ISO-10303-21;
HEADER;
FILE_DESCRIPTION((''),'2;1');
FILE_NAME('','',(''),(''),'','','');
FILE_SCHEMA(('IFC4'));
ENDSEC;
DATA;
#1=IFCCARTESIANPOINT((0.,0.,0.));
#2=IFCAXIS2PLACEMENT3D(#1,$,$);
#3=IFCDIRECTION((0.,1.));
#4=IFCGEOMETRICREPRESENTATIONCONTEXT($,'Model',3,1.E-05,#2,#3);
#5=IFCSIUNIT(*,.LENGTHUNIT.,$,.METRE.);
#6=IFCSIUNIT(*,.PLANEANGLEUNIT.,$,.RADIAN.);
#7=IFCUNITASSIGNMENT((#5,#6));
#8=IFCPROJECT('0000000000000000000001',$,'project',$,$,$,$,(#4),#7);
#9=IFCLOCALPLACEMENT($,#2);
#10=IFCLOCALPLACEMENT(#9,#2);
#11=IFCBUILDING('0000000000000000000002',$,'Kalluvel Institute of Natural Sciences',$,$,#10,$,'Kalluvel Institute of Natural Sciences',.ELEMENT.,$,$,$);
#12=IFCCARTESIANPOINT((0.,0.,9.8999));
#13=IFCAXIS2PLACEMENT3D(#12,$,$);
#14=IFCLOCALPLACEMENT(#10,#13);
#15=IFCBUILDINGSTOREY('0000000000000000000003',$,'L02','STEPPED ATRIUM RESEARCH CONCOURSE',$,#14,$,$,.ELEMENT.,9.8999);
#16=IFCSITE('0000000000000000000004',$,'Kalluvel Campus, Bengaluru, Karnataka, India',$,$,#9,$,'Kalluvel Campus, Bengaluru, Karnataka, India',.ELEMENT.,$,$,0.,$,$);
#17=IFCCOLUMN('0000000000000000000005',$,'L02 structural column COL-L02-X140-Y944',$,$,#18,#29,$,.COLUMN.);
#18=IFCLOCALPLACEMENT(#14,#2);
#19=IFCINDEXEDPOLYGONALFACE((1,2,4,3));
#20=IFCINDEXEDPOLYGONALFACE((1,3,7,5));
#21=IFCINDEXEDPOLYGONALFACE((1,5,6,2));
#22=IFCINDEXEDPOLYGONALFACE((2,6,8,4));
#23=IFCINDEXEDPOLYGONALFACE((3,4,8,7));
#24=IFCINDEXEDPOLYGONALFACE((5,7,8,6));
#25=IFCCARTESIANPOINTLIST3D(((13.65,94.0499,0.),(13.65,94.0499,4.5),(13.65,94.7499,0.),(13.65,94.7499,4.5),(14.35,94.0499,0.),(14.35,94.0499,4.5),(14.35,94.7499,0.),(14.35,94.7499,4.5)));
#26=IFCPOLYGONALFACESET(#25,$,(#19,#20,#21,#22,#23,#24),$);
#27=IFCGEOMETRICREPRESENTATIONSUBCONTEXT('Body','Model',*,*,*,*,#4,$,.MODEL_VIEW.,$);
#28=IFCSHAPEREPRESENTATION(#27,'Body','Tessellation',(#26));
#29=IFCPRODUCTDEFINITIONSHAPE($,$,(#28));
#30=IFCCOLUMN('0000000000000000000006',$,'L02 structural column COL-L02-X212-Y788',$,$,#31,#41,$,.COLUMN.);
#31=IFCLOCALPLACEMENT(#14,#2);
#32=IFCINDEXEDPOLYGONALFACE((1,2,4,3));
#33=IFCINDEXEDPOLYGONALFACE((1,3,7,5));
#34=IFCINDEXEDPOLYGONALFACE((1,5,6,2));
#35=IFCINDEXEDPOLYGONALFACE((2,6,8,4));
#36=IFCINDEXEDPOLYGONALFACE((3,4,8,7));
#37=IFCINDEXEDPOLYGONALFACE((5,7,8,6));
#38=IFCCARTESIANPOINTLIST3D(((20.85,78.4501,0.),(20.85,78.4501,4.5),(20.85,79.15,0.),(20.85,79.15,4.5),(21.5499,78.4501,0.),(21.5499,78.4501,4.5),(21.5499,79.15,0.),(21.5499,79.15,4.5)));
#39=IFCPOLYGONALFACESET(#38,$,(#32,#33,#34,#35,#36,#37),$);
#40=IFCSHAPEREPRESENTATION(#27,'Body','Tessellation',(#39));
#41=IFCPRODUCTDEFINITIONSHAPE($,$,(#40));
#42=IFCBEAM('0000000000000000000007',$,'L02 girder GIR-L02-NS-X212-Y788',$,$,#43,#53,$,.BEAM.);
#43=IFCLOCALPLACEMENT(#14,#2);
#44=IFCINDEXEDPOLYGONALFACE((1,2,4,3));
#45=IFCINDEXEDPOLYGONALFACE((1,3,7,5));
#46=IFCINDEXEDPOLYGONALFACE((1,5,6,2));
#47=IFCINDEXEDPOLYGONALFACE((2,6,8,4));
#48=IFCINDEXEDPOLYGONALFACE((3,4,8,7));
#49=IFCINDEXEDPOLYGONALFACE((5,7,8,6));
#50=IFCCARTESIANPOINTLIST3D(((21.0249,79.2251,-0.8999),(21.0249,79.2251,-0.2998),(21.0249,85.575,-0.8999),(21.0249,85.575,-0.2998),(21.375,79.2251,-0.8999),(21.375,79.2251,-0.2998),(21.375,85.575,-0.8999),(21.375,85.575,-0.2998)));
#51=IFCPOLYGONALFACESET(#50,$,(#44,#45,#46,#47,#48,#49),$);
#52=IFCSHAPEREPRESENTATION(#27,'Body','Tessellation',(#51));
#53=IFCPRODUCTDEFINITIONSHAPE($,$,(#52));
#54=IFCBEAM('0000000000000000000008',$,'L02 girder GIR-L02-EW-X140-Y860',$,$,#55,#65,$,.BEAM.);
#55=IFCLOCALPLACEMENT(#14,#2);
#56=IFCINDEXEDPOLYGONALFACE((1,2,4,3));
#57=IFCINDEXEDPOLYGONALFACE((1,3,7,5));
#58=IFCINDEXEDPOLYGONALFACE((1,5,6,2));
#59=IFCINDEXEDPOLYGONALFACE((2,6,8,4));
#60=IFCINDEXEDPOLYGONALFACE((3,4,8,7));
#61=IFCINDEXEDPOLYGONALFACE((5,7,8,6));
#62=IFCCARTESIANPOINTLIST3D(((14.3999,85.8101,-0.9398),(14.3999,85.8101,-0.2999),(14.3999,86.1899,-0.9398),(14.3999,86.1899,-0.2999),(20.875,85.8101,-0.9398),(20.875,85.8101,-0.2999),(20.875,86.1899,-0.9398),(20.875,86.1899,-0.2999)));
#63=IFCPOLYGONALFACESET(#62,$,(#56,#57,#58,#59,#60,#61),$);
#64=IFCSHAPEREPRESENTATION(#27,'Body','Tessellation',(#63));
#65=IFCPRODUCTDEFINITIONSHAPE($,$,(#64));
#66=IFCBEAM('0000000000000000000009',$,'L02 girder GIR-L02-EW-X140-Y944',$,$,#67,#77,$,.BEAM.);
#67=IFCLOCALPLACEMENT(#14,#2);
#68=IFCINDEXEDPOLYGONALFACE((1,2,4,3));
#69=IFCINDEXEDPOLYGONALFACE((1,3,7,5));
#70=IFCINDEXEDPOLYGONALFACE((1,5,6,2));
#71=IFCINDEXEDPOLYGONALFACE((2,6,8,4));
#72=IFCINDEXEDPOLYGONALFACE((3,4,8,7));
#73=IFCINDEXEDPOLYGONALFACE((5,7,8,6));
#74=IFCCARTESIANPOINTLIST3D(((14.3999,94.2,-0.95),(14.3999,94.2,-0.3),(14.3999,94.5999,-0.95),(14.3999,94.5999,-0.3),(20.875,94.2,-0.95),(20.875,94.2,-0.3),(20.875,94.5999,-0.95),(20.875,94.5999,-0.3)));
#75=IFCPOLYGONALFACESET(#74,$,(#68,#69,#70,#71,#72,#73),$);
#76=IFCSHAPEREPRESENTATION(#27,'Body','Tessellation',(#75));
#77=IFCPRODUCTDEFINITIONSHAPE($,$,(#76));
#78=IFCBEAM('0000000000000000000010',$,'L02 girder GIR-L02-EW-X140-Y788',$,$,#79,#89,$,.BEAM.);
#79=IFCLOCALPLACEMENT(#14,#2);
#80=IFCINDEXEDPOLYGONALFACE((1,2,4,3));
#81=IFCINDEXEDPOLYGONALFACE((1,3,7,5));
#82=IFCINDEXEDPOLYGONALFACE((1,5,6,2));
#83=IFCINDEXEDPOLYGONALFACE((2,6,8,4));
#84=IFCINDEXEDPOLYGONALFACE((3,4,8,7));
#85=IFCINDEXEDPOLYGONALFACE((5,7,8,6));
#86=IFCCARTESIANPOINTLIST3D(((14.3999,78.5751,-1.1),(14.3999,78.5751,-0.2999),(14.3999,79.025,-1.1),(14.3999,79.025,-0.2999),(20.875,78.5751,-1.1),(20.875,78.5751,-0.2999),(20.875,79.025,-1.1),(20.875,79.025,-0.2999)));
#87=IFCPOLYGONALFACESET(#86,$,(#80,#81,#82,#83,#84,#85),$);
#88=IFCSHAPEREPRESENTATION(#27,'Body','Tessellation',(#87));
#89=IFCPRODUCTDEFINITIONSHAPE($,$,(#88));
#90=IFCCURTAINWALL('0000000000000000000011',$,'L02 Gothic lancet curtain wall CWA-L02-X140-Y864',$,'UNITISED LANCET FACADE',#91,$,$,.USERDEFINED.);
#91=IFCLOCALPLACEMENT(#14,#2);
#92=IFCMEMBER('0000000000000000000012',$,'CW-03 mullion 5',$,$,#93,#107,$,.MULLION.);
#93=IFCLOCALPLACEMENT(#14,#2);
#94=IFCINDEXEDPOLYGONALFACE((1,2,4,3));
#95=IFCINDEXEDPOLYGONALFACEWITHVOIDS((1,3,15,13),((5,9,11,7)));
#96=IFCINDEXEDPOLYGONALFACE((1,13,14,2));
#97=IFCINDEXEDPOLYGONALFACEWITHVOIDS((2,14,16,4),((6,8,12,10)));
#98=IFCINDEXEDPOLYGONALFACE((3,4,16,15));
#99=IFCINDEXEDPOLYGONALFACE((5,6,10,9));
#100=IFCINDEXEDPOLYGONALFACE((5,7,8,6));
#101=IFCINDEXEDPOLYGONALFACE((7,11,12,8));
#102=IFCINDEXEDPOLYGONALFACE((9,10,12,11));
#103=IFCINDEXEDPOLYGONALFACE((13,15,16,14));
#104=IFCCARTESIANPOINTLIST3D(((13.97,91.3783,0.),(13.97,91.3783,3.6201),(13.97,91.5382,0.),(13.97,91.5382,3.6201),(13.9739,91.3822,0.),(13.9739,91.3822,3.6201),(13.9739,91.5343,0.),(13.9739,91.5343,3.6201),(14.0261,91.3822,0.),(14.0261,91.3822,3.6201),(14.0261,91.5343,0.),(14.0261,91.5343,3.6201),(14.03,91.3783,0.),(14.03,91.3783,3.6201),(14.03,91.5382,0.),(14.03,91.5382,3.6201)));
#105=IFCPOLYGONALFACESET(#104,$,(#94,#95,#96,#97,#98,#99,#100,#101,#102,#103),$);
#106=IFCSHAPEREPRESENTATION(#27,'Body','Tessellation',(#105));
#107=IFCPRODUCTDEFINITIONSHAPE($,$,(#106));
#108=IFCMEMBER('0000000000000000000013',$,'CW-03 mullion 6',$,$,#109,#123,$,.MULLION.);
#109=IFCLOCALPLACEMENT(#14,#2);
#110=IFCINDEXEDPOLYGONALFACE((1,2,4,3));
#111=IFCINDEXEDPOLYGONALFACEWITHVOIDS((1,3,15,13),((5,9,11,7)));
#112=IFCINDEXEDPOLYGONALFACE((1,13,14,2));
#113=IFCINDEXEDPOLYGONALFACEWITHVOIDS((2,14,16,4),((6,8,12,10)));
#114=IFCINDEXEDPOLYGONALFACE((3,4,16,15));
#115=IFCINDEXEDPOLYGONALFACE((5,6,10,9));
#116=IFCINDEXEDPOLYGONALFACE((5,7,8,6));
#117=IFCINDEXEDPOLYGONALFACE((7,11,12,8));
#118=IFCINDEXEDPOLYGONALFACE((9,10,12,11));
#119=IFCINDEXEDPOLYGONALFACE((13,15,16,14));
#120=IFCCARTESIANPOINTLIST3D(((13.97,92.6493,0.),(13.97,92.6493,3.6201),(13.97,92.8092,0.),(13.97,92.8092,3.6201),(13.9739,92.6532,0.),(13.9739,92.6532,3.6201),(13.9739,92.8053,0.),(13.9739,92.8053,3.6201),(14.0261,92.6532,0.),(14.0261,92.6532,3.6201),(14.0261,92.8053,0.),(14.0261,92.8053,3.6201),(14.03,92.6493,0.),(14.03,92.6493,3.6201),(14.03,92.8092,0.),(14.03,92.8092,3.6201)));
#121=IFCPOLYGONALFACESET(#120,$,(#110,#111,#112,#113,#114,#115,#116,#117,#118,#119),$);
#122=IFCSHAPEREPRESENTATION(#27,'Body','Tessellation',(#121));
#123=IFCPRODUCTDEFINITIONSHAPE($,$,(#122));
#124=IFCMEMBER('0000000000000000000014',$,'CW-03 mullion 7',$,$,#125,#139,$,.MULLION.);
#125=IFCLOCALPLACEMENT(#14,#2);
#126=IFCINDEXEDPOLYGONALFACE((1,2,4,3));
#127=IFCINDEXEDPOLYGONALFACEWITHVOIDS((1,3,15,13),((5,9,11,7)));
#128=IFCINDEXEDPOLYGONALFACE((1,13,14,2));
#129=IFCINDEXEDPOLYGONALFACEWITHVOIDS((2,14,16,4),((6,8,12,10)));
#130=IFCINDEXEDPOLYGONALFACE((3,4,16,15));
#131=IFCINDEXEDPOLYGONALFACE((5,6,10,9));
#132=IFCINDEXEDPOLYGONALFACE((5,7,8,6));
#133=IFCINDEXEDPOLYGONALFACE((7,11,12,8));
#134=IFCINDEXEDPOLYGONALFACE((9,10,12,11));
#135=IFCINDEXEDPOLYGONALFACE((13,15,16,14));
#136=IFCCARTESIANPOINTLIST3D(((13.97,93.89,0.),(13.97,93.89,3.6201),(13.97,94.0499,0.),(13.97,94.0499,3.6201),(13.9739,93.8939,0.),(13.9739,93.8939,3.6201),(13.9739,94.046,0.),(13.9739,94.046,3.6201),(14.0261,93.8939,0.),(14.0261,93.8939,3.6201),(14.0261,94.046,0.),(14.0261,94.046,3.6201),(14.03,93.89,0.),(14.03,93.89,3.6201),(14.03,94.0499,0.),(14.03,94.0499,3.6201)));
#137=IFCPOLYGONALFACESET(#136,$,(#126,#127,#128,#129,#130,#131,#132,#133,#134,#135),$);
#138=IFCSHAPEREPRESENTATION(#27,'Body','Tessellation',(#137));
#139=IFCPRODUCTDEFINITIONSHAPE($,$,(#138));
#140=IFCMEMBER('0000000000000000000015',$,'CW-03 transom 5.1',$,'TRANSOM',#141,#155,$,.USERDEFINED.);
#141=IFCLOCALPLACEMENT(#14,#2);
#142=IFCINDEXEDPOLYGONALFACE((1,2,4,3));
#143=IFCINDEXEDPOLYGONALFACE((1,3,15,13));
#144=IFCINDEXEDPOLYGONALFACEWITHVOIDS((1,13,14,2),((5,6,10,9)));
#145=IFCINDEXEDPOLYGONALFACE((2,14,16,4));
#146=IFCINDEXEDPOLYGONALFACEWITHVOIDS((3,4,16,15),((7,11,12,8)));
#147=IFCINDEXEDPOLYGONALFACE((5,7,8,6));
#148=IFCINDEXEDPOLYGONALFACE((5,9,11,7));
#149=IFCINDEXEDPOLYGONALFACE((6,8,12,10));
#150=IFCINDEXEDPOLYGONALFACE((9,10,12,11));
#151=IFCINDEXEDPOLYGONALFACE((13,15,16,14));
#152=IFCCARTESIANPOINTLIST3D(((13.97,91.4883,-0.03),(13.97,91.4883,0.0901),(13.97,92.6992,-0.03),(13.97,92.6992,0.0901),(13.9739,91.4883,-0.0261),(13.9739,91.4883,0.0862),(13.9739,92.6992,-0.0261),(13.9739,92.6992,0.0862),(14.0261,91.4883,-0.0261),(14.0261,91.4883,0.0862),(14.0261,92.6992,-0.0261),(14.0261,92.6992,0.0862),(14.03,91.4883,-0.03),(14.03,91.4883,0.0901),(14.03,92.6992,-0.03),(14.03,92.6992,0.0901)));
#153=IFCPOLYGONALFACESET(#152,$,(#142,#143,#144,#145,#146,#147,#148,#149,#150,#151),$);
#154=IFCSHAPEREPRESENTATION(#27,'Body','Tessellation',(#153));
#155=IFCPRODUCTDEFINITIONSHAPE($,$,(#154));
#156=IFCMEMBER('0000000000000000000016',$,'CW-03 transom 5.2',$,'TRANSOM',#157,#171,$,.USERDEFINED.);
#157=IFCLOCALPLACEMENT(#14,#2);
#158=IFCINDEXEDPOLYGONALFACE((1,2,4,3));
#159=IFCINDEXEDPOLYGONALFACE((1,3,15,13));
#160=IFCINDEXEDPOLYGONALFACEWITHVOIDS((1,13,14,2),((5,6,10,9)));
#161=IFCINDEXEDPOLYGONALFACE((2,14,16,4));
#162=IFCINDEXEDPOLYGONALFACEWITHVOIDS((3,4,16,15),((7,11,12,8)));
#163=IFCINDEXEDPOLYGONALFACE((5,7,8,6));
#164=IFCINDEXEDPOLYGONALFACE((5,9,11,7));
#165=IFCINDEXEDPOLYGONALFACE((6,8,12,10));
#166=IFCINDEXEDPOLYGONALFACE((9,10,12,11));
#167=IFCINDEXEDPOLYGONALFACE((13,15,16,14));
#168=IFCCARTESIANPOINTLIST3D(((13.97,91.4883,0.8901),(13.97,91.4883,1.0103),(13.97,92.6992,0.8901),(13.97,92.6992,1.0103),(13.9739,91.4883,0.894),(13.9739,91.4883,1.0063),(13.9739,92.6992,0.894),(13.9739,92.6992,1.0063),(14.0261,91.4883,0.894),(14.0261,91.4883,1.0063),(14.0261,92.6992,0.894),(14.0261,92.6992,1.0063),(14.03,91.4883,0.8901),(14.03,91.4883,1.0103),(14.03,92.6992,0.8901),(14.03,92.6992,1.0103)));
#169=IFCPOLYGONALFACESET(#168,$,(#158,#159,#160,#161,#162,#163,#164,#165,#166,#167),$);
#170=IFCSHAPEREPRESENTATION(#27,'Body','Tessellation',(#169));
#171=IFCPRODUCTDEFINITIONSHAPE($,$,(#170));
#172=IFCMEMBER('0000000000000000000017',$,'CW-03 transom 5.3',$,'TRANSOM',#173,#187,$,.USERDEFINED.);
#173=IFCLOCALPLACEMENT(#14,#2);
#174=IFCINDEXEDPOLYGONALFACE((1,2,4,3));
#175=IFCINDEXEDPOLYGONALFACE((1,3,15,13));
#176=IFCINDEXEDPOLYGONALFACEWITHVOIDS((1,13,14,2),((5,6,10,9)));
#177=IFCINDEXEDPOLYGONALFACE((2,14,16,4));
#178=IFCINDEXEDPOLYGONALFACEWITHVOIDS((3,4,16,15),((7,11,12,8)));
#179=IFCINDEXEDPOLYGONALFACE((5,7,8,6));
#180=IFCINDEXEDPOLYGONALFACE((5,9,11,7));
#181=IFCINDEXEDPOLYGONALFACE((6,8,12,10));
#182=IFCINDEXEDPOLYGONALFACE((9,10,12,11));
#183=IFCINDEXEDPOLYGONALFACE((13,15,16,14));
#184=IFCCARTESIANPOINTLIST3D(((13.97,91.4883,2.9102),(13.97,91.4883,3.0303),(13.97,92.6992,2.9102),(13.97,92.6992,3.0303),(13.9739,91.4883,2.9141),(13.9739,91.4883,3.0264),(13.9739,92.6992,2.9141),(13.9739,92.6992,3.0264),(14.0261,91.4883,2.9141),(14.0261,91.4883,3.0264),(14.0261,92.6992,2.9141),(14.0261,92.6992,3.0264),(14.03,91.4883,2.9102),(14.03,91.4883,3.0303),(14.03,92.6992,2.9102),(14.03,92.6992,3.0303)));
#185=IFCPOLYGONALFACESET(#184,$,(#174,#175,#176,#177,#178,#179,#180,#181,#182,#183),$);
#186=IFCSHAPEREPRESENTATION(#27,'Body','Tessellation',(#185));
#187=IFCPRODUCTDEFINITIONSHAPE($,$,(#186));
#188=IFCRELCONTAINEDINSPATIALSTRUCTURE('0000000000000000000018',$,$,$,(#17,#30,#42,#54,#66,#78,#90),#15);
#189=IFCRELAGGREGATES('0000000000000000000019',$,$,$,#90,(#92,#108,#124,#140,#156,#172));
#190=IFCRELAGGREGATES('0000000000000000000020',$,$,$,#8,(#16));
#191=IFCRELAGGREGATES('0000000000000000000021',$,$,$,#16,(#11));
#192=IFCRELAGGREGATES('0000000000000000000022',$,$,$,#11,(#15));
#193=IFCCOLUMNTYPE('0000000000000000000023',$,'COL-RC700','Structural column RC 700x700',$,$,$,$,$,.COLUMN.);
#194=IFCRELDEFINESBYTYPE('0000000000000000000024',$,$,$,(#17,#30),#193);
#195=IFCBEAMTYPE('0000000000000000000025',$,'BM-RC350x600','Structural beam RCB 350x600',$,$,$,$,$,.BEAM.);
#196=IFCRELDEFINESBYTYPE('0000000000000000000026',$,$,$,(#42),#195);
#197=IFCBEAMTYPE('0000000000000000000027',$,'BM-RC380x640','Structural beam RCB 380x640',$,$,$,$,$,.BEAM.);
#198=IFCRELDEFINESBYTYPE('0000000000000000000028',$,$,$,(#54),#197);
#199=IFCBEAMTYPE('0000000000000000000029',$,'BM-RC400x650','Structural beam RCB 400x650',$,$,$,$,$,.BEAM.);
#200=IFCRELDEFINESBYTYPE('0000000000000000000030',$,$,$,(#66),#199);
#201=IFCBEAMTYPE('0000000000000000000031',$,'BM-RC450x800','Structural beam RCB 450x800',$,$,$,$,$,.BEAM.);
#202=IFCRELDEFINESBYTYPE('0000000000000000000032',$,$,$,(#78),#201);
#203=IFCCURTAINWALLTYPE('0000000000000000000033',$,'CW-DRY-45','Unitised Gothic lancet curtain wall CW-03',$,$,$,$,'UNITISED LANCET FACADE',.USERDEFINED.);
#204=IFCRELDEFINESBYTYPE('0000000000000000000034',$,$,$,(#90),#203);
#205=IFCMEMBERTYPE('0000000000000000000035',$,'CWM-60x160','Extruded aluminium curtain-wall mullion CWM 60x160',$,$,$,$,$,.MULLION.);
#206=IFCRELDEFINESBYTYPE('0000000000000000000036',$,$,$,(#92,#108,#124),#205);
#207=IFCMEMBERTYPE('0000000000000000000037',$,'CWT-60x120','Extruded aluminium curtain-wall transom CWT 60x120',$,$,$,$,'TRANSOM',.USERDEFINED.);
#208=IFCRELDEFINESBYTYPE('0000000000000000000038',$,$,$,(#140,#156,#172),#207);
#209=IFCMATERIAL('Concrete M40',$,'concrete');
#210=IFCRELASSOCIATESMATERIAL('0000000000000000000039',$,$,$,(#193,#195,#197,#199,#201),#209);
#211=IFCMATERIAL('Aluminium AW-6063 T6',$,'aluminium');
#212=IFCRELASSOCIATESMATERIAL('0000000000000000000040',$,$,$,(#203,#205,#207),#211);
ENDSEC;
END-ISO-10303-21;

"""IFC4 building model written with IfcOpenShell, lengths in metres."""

from ifc_helpers import new_model, si_unit, direction, frame, origin, origin_2d, place, context, subcontext, project, spatial, rectangle, hollow_rectangle, extrude, material, material_profile, profile_set, type_object, element, aggregate, save


model = new_model("IFC4")

# Units and contexts
model_context = context("Model", 3, precision=1e-05, world=origin(), true_north=direction((0.0, 1.0)))
body_context = subcontext(model_context, "Body", "Model", "MODEL_VIEW")
ifc_project = project(units=[si_unit("LENGTHUNIT", "METRE"), si_unit("PLANEANGLEUNIT", "RADIAN")], contexts=[model_context])

# Site, building, storey
site_placement = place(None, origin())
site = spatial("IfcSite", under=ifc_project, at=site_placement, Name="Kalluvel Campus, Bengaluru, Karnataka, India", LongName="Kalluvel Campus, Bengaluru, Karnataka, India", CompositionType="ELEMENT", RefElevation=0.0)
building_placement = place(site_placement, origin())
building = spatial("IfcBuilding", under=site, at=building_placement, Name="Kalluvel Institute of Natural Sciences", LongName="Kalluvel Institute of Natural Sciences", CompositionType="ELEMENT")
storey_placement = place(building_placement, frame((0.0, 0.0, 9.8999)))
storey = spatial("IfcBuildingStorey", under=building, at=storey_placement, Name="L02", Description="STEPPED ATRIUM RESEARCH CONCOURSE", CompositionType="ELEMENT", Elevation=9.8999)

# Columns
ifc_material_1 = material(Name="Concrete M40", Category="concrete")
ifc_material_profile_1 = material_profile(ifc_material_1, rectangle(XDim=0.7, YDim=0.7, at=origin_2d()), Name="RC 700x700")
ifc_profile_set_1 = profile_set([ifc_material_profile_1], Name="Concrete M40")
column_type = type_object("IfcColumnType", Name="COL-RC700", Description="Structural column RC 700x700", PredefinedType="COLUMN", material=ifc_profile_set_1)
for number, where, z_axis, x_axis, name in (
    (1, (14.0, 94.3999, 0.0), (0.0, 0.0, 1.0), (1.0, 0.0, 0.0), "L02 structural column COL-L02-X140-Y944"),
    (2, (21.2, 78.8, 0.0), (0.0, 0.0, 1.0), (1.0, 0.0, 0.0), "L02 structural column COL-L02-X212-Y788"),
):
    element("IfcColumn", number, at=place(storey_placement, frame(where, z_axis=z_axis, x_axis=x_axis)), inside=storey, type_object=column_type, Name=name, PredefinedType="COLUMN", context=body_context, shape_type="SweptSolid", body=[
        extrude(rectangle(XDim=0.7, YDim=0.7, at=origin_2d()), origin(), (0.0, 0.0, 1.0), 4.5),
    ])

# Beams
ifc_material_profile_2 = material_profile(ifc_material_1, rectangle(XDim=0.3501, YDim=0.6001, at=origin_2d()), Name="RCB 350x600")
ifc_profile_set_2 = profile_set([ifc_material_profile_2], Name="Concrete M40")
beam_type_1 = type_object("IfcBeamType", Name="BM-RC350x600", Description="Structural beam RCB 350x600", PredefinedType="BEAM", material=ifc_profile_set_2)
beam_1_placement = place(storey_placement, frame((21.2, 79.2251, -0.5999), z_axis=(0.0, 1.0, 0.0), x_axis=(-1.0, 0.0, 0.0)))
element("IfcBeam", 3, at=beam_1_placement, inside=storey, type_object=beam_type_1, Name="L02 girder GIR-L02-NS-X212-Y788", PredefinedType="BEAM", context=body_context, shape_type="SweptSolid", body=[
    extrude(rectangle(XDim=0.3501, YDim=0.6001, at=origin_2d()), origin(), (0.0, 0.0, 1.0), 6.3499),
])
ifc_material_profile_3 = material_profile(ifc_material_1, rectangle(XDim=0.3799, YDim=0.6399, at=origin_2d()), Name="RCB 380x640")
ifc_profile_set_3 = profile_set([ifc_material_profile_3], Name="Concrete M40")
beam_type_2 = type_object("IfcBeamType", Name="BM-RC380x640", Description="Structural beam RCB 380x640", PredefinedType="BEAM", material=ifc_profile_set_3)
beam_2_placement = place(storey_placement, frame((14.3999, 86.0, -0.6199), z_axis=(1.0, 0.0, 0.0), x_axis=(0.0, 1.0, 0.0)))
element("IfcBeam", 4, at=beam_2_placement, inside=storey, type_object=beam_type_2, Name="L02 girder GIR-L02-EW-X140-Y860", PredefinedType="BEAM", context=body_context, shape_type="SweptSolid", body=[
    extrude(rectangle(XDim=0.3799, YDim=0.6399, at=origin_2d()), origin(), (0.0, 0.0, 1.0), 6.4751),
])
ifc_material_profile_4 = material_profile(ifc_material_1, rectangle(XDim=0.3999, YDim=0.6499, at=origin_2d()), Name="RCB 400x650")
ifc_profile_set_4 = profile_set([ifc_material_profile_4], Name="Concrete M40")
beam_type_3 = type_object("IfcBeamType", Name="BM-RC400x650", Description="Structural beam RCB 400x650", PredefinedType="BEAM", material=ifc_profile_set_4)
beam_3_placement = place(storey_placement, frame((14.3999, 94.3999, -0.625), z_axis=(1.0, 0.0, 0.0), x_axis=(0.0, 1.0, 0.0)))
element("IfcBeam", 5, at=beam_3_placement, inside=storey, type_object=beam_type_3, Name="L02 girder GIR-L02-EW-X140-Y944", PredefinedType="BEAM", context=body_context, shape_type="SweptSolid", body=[
    extrude(rectangle(XDim=0.3999, YDim=0.6499, at=origin_2d()), origin(), (0.0, 0.0, 1.0), 6.4751),
])
ifc_material_profile_5 = material_profile(ifc_material_1, rectangle(XDim=0.45, YDim=0.8, at=origin_2d()), Name="RCB 450x800")
ifc_profile_set_5 = profile_set([ifc_material_profile_5], Name="Concrete M40")
beam_type_4 = type_object("IfcBeamType", Name="BM-RC450x800", Description="Structural beam RCB 450x800", PredefinedType="BEAM", material=ifc_profile_set_5)
beam_4_placement = place(storey_placement, frame((14.3999, 78.8, -0.7), z_axis=(1.0, 0.0, 0.0), x_axis=(0.0, 1.0, 0.0)))
element("IfcBeam", 6, at=beam_4_placement, inside=storey, type_object=beam_type_4, Name="L02 girder GIR-L02-EW-X140-Y788", PredefinedType="BEAM", context=body_context, shape_type="SweptSolid", body=[
    extrude(rectangle(XDim=0.45, YDim=0.8, at=origin_2d()), origin(), (0.0, 0.0, 1.0), 6.4751),
])

# Curtain wall, members
ifc_material_2 = material(Name="Aluminium AW-6063 T6", Category="aluminium")
curtain_wall_type = type_object("IfcCurtainWallType", Name="CW-DRY-45", Description="Unitised Gothic lancet curtain wall CW-03", ElementType="UNITISED LANCET FACADE", PredefinedType="USERDEFINED", material=ifc_material_2)
curtain_wall_placement = place(storey_placement, origin())
curtain_wall = element("IfcCurtainWall", 7, at=curtain_wall_placement, inside=storey, type_object=curtain_wall_type, Name="L02 Gothic lancet curtain wall CWA-L02-X140-Y864", ObjectType="UNITISED LANCET FACADE", PredefinedType="USERDEFINED")
ifc_material_profile_6 = material_profile(ifc_material_2, hollow_rectangle(XDim=0.0601, YDim=0.1599, WallThickness=0.0039, at=origin_2d()), Name="CWM 60x160")
ifc_profile_set_6 = profile_set([ifc_material_profile_6], Name="Aluminium AW-6063 T6")
member_type_1 = type_object("IfcMemberType", Name="CWM-60x160", Description="Extruded aluminium curtain-wall mullion CWM 60x160", PredefinedType="MULLION", material=ifc_profile_set_6)
member_1_placement = place(storey_placement, frame((14.0, 91.4583, 0.0), z_axis=(0.0, 0.0, 1.0), x_axis=(-1.0, 0.0, 0.0)))
member_1 = element("IfcMember", 8, at=member_1_placement, type_object=member_type_1, Name="CW-03 mullion 5", PredefinedType="MULLION", context=body_context, shape_type="SweptSolid", body=[
    extrude(hollow_rectangle(XDim=0.0601, YDim=0.1599, WallThickness=0.0039, at=origin_2d()), origin(), (0.0, 0.0, 1.0), 3.6201),
])
member_2_placement = place(storey_placement, frame((14.0, 92.7292, 0.0), z_axis=(0.0, 0.0, 1.0), x_axis=(-1.0, 0.0, 0.0)))
member_2 = element("IfcMember", 9, at=member_2_placement, type_object=member_type_1, Name="CW-03 mullion 6", PredefinedType="MULLION", context=body_context, shape_type="SweptSolid", body=[
    extrude(hollow_rectangle(XDim=0.0601, YDim=0.1599, WallThickness=0.0039, at=origin_2d()), origin(), (0.0, 0.0, 1.0), 3.6201),
])
member_3_placement = place(storey_placement, frame((14.0, 93.97, 0.0), z_axis=(0.0, 0.0, 1.0), x_axis=(-1.0, 0.0, 0.0)))
member_3 = element("IfcMember", 10, at=member_3_placement, type_object=member_type_1, Name="CW-03 mullion 7", PredefinedType="MULLION", context=body_context, shape_type="SweptSolid", body=[
    extrude(hollow_rectangle(XDim=0.0601, YDim=0.1599, WallThickness=0.0039, at=origin_2d()), origin(), (0.0, 0.0, 1.0), 3.6201),
])
ifc_material_profile_7 = material_profile(ifc_material_2, hollow_rectangle(XDim=0.0601, YDim=0.1201, WallThickness=0.0039, at=origin_2d()), Name="CWT 60x120")
ifc_profile_set_7 = profile_set([ifc_material_profile_7], Name="Aluminium AW-6063 T6")
member_type_2 = type_object("IfcMemberType", Name="CWT-60x120", Description="Extruded aluminium curtain-wall transom CWT 60x120", ElementType="TRANSOM", PredefinedType="USERDEFINED", material=ifc_profile_set_7)
member_4_placement = place(storey_placement, frame((14.0, 91.4883, 0.03), z_axis=(0.0, 1.0, 0.0), x_axis=(-1.0, 0.0, 0.0)))
member_4 = element("IfcMember", 11, at=member_4_placement, type_object=member_type_2, Name="CW-03 transom 5.1", ObjectType="TRANSOM", PredefinedType="USERDEFINED", context=body_context, shape_type="SweptSolid", body=[
    extrude(hollow_rectangle(XDim=0.0601, YDim=0.1201, WallThickness=0.0039, at=origin_2d()), origin(), (0.0, 0.0, 1.0), 1.2109),
])
member_5_placement = place(storey_placement, frame((14.0, 91.4883, 0.9502), z_axis=(0.0, 1.0, 0.0), x_axis=(-1.0, 0.0, 0.0)))
member_5 = element("IfcMember", 12, at=member_5_placement, type_object=member_type_2, Name="CW-03 transom 5.2", ObjectType="TRANSOM", PredefinedType="USERDEFINED", context=body_context, shape_type="SweptSolid", body=[
    extrude(hollow_rectangle(XDim=0.0601, YDim=0.1201, WallThickness=0.0039, at=origin_2d()), origin(), (0.0, 0.0, 1.0), 1.2109),
])
member_6_placement = place(storey_placement, frame((14.0, 91.4883, 2.9702), z_axis=(0.0, 1.0, 0.0), x_axis=(-1.0, 0.0, 0.0)))
member_6 = element("IfcMember", 13, at=member_6_placement, type_object=member_type_2, Name="CW-03 transom 5.3", ObjectType="TRANSOM", PredefinedType="USERDEFINED", context=body_context, shape_type="SweptSolid", body=[
    extrude(hollow_rectangle(XDim=0.0601, YDim=0.1201, WallThickness=0.0039, at=origin_2d()), origin(), (0.0, 0.0, 1.0), 1.2109),
])

aggregate(curtain_wall, [member_1, member_2, member_3, member_4, member_5, member_6])

save(model, "model.ifc")
